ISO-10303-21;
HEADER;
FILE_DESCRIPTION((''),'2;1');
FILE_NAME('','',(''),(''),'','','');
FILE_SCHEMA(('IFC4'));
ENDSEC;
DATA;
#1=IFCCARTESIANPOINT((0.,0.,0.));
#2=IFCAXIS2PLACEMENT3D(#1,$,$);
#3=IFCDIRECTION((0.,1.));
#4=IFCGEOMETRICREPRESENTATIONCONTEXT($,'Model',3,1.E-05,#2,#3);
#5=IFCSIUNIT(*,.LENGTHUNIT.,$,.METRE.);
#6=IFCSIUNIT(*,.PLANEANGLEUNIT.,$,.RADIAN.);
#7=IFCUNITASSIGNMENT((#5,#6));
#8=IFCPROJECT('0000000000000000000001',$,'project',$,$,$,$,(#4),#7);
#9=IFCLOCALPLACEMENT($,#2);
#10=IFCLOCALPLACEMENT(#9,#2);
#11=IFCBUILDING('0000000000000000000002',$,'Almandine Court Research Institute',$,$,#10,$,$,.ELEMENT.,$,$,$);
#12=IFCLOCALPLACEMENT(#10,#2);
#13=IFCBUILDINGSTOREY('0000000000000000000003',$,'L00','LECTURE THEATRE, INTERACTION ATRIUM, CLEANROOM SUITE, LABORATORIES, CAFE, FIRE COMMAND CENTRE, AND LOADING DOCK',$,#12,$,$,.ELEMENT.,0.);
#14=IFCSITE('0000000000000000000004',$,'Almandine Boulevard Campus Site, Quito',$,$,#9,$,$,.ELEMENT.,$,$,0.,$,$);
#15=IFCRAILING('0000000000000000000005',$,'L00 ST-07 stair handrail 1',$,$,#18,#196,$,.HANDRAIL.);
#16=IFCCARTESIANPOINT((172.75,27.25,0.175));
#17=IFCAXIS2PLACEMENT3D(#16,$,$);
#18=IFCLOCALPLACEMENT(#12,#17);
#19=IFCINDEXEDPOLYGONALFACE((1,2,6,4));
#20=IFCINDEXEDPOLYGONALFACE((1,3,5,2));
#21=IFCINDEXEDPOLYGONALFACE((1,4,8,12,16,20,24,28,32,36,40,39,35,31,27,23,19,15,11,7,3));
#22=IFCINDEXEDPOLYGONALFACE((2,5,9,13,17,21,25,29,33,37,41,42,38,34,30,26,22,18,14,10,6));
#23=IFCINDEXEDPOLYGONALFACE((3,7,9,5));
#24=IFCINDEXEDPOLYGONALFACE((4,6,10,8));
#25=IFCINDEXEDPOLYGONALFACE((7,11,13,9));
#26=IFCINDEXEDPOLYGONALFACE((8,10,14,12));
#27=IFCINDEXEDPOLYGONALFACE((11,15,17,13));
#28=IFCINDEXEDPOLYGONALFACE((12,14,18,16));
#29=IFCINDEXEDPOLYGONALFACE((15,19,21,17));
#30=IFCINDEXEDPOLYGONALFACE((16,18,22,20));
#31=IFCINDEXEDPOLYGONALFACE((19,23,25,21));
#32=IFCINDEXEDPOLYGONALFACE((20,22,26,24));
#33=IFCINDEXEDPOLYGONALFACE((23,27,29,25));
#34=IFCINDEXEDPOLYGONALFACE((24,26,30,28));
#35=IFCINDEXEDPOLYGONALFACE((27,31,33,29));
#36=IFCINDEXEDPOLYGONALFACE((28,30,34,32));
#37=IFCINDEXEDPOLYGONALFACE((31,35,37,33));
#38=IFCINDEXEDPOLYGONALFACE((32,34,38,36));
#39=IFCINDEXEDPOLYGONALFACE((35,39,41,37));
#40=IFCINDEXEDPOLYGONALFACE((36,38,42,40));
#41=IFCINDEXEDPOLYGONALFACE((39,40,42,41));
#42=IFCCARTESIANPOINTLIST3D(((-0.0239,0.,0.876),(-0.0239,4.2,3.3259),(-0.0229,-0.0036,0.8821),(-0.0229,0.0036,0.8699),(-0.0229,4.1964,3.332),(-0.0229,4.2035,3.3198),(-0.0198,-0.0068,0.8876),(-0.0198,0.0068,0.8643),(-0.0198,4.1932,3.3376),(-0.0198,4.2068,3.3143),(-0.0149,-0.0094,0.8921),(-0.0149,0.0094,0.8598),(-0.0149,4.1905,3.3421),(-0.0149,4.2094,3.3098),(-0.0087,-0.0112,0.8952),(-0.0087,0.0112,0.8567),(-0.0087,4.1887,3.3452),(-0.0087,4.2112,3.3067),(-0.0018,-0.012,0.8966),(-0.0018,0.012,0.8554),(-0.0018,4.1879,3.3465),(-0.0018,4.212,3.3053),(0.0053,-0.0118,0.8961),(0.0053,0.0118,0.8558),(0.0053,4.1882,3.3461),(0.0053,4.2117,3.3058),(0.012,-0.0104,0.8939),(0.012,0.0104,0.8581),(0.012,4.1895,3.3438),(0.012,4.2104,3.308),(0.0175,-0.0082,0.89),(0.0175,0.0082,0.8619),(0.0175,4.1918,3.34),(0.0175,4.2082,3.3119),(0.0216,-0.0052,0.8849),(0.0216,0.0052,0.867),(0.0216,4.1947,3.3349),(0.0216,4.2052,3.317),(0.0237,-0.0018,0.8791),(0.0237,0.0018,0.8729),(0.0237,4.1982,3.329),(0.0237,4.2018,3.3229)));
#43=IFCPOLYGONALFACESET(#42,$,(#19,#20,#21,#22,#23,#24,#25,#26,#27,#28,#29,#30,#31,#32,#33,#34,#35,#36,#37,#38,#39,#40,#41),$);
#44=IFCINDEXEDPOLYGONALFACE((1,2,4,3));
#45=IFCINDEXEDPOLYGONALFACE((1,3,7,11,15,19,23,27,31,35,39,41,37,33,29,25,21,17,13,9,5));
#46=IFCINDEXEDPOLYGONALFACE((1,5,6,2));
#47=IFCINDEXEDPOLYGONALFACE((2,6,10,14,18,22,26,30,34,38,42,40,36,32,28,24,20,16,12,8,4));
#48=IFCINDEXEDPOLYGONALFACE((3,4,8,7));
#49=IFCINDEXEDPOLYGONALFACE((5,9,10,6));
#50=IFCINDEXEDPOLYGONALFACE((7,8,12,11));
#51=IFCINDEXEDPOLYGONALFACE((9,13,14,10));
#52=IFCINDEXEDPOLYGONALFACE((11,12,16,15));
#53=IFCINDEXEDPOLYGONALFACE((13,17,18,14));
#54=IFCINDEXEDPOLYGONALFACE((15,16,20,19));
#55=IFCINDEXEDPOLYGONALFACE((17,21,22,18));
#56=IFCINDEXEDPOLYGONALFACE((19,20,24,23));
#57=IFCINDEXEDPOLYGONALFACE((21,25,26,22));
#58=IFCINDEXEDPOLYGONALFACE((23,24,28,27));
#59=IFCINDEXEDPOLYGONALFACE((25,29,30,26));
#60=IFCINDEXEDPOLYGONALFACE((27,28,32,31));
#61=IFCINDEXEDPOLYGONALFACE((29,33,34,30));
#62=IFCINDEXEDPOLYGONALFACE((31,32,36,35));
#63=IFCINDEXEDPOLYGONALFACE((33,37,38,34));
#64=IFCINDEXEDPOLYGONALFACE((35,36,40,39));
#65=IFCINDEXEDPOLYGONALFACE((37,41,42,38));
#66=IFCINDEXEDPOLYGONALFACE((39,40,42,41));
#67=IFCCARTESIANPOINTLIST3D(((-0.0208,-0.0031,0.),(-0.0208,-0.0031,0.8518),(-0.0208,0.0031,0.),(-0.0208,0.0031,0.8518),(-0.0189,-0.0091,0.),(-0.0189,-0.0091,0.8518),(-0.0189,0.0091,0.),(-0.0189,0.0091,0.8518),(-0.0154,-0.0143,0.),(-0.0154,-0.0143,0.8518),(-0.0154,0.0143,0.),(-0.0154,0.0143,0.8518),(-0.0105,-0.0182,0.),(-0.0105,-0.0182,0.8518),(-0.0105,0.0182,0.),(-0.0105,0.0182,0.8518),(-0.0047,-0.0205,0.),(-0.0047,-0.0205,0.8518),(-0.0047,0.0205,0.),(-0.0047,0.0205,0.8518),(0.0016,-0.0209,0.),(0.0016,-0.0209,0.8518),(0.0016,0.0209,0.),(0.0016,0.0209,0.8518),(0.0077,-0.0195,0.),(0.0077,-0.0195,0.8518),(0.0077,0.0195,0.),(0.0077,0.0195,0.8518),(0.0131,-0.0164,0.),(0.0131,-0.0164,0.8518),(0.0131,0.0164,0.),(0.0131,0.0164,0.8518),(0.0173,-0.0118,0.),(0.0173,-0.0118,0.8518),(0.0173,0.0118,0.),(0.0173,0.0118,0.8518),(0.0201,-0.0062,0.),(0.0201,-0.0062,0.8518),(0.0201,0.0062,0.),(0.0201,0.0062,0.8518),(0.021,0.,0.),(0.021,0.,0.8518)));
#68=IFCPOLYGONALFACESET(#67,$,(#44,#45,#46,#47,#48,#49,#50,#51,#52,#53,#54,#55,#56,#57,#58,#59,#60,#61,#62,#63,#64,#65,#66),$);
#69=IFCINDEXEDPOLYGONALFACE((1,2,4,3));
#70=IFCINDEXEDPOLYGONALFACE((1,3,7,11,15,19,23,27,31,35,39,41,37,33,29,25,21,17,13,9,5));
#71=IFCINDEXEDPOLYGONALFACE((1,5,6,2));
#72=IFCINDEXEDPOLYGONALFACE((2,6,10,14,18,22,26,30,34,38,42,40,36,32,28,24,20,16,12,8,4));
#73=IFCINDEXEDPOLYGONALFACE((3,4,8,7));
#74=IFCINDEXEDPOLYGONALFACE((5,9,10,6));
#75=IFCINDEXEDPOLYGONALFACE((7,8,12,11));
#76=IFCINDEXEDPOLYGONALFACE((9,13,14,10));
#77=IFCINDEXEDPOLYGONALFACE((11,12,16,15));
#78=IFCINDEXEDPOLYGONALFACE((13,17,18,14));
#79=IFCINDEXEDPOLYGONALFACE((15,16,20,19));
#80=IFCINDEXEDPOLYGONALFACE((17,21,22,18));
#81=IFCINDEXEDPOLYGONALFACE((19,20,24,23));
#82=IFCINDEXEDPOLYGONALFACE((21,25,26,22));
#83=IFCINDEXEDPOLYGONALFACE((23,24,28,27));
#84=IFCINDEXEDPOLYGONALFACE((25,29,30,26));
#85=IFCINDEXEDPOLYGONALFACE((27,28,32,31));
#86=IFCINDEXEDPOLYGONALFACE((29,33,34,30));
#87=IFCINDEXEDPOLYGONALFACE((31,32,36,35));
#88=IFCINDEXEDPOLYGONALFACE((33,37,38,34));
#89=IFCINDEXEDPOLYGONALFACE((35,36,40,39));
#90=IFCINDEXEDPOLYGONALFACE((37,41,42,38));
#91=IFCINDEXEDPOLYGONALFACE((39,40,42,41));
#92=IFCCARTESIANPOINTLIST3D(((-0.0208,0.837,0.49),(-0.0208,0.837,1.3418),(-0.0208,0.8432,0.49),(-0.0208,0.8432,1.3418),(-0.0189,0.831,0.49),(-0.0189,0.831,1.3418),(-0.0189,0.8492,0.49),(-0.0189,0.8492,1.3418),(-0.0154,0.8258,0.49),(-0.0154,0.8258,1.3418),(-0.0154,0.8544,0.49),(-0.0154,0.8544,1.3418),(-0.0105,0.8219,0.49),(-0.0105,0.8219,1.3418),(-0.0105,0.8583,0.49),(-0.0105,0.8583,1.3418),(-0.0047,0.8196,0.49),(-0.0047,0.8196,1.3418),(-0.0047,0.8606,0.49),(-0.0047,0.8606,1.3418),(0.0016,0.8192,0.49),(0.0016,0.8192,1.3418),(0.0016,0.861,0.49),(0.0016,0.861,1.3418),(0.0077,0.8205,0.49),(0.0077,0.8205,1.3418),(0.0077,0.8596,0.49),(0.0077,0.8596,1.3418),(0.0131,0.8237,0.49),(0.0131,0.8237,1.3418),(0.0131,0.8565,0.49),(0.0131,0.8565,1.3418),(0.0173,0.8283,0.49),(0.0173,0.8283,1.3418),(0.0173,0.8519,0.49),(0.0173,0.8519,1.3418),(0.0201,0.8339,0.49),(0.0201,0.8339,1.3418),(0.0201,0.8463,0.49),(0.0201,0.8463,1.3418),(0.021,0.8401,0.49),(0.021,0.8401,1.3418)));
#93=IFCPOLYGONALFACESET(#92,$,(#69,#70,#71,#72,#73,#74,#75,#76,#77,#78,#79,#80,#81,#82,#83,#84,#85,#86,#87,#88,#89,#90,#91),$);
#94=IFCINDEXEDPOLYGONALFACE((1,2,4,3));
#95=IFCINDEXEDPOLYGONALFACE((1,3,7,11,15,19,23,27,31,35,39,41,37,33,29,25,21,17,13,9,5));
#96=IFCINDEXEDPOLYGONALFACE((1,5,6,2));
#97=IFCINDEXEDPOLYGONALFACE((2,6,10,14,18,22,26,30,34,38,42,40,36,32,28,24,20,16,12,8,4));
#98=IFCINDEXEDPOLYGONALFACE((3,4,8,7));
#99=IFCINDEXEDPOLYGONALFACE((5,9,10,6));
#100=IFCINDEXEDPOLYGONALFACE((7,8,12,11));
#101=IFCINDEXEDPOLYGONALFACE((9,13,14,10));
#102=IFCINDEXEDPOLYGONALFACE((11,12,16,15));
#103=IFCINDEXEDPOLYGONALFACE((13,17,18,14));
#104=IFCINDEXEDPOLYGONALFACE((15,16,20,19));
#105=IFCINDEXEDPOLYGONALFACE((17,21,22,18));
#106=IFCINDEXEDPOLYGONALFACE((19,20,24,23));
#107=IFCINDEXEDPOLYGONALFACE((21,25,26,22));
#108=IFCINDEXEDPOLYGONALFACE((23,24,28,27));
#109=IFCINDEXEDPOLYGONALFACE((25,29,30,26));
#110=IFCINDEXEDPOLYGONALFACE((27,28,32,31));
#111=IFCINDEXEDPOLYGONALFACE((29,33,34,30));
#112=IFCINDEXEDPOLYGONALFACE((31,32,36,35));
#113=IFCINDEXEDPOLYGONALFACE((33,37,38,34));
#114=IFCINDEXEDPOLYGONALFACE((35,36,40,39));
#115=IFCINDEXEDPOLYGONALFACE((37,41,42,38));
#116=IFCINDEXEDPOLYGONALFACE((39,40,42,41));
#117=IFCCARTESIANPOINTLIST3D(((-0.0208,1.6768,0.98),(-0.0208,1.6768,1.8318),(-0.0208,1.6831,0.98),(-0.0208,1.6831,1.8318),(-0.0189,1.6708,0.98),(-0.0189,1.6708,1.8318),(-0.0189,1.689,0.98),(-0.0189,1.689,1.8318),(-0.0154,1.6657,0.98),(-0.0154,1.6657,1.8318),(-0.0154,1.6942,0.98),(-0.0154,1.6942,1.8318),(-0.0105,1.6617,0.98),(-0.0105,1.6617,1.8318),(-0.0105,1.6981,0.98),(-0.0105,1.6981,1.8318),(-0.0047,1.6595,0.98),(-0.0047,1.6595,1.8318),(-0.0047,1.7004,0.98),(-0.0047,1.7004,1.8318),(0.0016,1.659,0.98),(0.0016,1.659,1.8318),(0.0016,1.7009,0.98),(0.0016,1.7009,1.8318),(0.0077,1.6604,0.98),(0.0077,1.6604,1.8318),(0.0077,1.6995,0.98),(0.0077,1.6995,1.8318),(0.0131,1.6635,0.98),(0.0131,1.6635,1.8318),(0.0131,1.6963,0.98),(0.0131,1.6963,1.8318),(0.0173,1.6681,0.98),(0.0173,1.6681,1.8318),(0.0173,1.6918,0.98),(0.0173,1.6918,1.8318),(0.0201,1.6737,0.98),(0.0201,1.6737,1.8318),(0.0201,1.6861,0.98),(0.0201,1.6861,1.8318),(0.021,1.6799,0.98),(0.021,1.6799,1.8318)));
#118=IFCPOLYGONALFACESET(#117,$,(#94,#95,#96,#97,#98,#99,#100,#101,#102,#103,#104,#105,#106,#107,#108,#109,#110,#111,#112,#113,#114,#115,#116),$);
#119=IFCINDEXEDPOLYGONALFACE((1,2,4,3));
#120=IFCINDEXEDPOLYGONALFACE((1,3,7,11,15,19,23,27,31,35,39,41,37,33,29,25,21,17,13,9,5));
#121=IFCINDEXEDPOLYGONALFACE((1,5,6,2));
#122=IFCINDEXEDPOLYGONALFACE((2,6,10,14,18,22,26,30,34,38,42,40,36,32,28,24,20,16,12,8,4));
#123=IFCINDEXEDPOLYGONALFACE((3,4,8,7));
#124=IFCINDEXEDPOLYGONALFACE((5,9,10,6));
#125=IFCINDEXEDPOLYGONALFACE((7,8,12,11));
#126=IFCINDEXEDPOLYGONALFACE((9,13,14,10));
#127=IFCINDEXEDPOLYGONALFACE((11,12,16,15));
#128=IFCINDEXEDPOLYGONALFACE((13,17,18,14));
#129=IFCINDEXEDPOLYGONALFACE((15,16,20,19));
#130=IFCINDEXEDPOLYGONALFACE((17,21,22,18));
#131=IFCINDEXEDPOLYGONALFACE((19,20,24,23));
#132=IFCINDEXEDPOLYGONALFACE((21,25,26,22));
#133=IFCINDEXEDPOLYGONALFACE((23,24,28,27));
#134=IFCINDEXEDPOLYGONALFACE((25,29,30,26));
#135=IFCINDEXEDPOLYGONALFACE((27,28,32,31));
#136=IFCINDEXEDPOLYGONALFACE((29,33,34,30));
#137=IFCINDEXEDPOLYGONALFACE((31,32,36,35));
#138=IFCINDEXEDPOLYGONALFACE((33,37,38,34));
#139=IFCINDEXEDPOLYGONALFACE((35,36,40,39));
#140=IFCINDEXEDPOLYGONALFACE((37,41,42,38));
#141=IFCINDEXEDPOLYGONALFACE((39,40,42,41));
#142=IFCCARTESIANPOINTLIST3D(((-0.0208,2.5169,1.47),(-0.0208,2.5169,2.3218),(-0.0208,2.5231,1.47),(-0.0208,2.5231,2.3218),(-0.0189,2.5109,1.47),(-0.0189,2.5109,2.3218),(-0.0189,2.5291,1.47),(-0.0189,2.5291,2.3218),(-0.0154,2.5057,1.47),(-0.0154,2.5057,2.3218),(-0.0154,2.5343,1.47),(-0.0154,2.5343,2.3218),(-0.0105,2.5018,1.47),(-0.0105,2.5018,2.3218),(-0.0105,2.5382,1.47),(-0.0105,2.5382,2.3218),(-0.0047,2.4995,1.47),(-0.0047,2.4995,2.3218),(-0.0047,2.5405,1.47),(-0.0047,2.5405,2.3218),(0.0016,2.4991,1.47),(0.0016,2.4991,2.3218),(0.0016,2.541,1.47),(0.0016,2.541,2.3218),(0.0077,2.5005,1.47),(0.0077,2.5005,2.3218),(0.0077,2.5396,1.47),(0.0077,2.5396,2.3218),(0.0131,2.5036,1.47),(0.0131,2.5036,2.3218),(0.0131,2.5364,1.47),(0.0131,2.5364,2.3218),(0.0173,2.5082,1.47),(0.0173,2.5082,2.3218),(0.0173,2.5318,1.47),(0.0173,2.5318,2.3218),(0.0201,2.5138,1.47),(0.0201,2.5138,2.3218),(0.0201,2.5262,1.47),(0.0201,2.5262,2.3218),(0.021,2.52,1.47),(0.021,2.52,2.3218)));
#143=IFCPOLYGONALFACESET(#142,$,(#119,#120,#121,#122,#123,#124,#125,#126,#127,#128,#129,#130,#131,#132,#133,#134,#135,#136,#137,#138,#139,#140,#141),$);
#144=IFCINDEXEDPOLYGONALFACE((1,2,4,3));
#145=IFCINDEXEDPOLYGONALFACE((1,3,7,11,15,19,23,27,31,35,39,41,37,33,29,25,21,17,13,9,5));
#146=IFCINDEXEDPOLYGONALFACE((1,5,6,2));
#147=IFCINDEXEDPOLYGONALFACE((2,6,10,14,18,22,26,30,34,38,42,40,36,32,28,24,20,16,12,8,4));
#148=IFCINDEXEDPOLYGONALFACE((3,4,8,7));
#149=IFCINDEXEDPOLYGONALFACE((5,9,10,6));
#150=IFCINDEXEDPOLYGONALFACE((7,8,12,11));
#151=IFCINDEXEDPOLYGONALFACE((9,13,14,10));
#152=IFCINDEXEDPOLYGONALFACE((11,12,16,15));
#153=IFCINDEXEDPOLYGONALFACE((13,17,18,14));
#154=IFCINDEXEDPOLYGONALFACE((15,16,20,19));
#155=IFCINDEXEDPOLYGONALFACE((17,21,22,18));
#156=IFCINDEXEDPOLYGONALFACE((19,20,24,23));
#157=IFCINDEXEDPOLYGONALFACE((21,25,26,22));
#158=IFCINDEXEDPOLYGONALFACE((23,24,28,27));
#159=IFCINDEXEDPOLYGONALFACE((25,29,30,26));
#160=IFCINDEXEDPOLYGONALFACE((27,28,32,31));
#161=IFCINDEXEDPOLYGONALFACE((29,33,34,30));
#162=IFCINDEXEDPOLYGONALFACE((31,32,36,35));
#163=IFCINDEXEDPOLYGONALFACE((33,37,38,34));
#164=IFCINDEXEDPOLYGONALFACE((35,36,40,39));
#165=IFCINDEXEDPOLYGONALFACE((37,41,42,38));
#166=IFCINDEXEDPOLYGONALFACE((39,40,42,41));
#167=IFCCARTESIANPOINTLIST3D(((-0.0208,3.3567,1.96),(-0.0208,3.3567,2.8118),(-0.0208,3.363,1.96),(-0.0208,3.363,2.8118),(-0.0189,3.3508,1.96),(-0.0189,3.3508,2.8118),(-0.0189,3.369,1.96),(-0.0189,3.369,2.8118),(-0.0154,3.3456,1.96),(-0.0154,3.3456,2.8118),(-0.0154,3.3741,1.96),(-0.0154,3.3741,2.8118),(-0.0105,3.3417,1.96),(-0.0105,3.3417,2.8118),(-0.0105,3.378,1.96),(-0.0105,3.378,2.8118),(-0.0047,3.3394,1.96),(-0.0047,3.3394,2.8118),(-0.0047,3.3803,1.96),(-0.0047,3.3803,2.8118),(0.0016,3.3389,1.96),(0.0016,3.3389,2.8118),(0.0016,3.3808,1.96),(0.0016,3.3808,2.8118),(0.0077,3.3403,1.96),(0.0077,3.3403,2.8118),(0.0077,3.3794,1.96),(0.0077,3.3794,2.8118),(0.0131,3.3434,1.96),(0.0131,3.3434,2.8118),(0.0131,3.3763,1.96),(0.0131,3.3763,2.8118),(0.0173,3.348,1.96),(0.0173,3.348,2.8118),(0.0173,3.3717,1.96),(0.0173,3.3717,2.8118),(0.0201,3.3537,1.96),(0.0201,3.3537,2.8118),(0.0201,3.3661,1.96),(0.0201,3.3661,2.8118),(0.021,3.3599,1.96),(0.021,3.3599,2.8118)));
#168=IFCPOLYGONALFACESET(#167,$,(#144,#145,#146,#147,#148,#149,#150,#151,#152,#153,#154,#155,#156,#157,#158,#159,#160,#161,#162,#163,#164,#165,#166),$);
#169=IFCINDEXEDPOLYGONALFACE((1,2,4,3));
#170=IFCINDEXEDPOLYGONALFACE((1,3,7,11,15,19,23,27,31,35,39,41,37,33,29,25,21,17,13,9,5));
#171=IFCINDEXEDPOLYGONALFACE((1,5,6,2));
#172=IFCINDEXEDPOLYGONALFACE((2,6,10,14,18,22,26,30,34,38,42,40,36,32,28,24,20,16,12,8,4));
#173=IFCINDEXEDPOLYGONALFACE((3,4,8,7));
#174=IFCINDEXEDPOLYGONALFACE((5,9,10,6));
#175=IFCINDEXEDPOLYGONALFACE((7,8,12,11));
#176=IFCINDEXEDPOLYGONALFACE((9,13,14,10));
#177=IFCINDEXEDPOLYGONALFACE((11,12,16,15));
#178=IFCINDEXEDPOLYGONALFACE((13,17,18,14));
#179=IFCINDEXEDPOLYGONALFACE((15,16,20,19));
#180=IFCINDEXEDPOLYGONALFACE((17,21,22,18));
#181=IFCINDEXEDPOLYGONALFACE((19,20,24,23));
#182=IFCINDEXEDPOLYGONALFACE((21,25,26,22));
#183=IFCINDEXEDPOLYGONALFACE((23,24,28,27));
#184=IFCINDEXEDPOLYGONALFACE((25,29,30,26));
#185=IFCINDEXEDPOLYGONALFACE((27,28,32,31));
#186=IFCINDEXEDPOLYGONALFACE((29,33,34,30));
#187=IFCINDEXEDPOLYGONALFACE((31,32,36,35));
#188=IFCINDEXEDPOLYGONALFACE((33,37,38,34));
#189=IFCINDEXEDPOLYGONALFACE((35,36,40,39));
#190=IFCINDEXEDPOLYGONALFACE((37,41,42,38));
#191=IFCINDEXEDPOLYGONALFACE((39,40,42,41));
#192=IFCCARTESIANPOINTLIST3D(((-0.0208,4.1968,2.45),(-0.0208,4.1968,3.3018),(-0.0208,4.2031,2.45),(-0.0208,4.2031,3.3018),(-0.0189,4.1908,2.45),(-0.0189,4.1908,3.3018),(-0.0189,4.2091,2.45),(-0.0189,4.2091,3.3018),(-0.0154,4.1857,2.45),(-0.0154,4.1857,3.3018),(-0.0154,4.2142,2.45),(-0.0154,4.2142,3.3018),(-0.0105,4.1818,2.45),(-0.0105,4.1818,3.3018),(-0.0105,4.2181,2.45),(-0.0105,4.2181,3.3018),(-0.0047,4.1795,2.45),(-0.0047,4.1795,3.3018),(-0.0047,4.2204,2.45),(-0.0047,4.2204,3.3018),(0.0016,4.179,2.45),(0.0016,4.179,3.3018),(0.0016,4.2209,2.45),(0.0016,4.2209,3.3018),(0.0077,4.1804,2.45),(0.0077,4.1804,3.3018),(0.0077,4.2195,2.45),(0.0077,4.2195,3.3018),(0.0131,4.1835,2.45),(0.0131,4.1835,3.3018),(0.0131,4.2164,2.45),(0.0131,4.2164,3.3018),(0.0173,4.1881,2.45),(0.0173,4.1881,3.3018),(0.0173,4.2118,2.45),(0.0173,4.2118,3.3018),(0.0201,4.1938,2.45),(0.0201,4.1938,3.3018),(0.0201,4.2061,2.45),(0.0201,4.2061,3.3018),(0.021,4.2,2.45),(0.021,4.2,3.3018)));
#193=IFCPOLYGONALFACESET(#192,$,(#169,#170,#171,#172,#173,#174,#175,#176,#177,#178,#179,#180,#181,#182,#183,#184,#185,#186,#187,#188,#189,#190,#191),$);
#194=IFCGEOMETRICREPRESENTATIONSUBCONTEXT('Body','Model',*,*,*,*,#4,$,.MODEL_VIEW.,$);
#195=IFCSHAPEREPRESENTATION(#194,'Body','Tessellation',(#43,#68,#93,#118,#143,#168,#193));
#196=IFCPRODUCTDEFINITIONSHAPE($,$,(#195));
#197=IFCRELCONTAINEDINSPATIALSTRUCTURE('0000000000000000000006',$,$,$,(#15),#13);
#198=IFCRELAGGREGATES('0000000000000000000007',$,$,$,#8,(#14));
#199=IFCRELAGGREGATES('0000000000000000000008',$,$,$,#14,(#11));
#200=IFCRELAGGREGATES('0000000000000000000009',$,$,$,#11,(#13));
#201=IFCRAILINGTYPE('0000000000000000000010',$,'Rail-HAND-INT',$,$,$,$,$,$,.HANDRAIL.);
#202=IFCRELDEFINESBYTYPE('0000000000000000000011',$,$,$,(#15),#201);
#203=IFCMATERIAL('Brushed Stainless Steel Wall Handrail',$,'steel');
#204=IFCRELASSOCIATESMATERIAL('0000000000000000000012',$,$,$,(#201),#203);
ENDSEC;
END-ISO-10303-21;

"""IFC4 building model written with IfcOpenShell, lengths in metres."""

from ifc_helpers import new_model, si_unit, direction, frame, origin, origin_2d, place, context, subcontext, project, spatial, circle, extrude, material, type_object, element, save


model = new_model("IFC4")

# Units and contexts
model_context = context("Model", 3, precision=1e-05, world=origin(), true_north=direction((0.0, 1.0)))
body_context = subcontext(model_context, "Body", "Model", "MODEL_VIEW")
ifc_project = project(units=[si_unit("LENGTHUNIT", "METRE"), si_unit("PLANEANGLEUNIT", "RADIAN")], contexts=[model_context])

# Site, building, storey
site_placement = place(None, origin())
site = spatial("IfcSite", under=ifc_project, at=site_placement, Name="Almandine Boulevard Campus Site, Quito", CompositionType="ELEMENT", RefElevation=0.0)
building_placement = place(site_placement, origin())
building = spatial("IfcBuilding", under=site, at=building_placement, Name="Almandine Court Research Institute", CompositionType="ELEMENT")
storey_placement = place(building_placement, origin())
storey = spatial("IfcBuildingStorey", under=building, at=storey_placement, Name="L00", Description="LECTURE THEATRE, INTERACTION ATRIUM, CLEANROOM SUITE, LABORATORIES, CAFE, FIRE COMMAND CENTRE, AND LOADING DOCK", CompositionType="ELEMENT", Elevation=0.0)

# Railing
ifc_material_1 = material(Name="Brushed Stainless Steel Wall Handrail", Category="steel")
railing_type_1 = type_object("IfcRailingType", Name="Rail-HAND-INT", PredefinedType="HANDRAIL", material=ifc_material_1)
railing_1_placement = place(storey_placement, frame((172.75, 27.25, 0.175)))
element("IfcRailing", 1, at=railing_1_placement, inside=storey, type_object=railing_type_1, Name="L00 ST-07 stair handrail 1", PredefinedType="HANDRAIL", context=body_context, shape_type="SweptSolid", body=[
    extrude(circle(Radius=0.0239, at=origin_2d()), frame((0.0, 0.0, 0.876), z_axis=(0.0, 0.863781, 0.503868), x_axis=(-1.0, 0.0, 0.0)), (0.0, 0.0, 1.0), 4.8623),
    extrude(circle(Radius=0.021, at=origin_2d()), origin(), (0.0, 0.0, 1.0), 0.8518),
    extrude(circle(Radius=0.021, at=origin_2d()), frame((0.0, 0.8401, 0.49)), (0.0, 0.0, 1.0), 0.8518),
    extrude(circle(Radius=0.021, at=origin_2d()), frame((0.0, 1.6799, 0.98)), (0.0, 0.0, 1.0), 0.8518),
    extrude(circle(Radius=0.021, at=origin_2d()), frame((0.0, 2.52, 1.47)), (0.0, 0.0, 1.0), 0.8518),
    extrude(circle(Radius=0.021, at=origin_2d()), frame((0.0, 3.3599, 1.96)), (0.0, 0.0, 1.0), 0.8518),
    extrude(circle(Radius=0.021, at=origin_2d()), frame((0.0, 4.2, 2.45)), (0.0, 0.0, 1.0), 0.8518),
])

save(model, "model.ifc")
